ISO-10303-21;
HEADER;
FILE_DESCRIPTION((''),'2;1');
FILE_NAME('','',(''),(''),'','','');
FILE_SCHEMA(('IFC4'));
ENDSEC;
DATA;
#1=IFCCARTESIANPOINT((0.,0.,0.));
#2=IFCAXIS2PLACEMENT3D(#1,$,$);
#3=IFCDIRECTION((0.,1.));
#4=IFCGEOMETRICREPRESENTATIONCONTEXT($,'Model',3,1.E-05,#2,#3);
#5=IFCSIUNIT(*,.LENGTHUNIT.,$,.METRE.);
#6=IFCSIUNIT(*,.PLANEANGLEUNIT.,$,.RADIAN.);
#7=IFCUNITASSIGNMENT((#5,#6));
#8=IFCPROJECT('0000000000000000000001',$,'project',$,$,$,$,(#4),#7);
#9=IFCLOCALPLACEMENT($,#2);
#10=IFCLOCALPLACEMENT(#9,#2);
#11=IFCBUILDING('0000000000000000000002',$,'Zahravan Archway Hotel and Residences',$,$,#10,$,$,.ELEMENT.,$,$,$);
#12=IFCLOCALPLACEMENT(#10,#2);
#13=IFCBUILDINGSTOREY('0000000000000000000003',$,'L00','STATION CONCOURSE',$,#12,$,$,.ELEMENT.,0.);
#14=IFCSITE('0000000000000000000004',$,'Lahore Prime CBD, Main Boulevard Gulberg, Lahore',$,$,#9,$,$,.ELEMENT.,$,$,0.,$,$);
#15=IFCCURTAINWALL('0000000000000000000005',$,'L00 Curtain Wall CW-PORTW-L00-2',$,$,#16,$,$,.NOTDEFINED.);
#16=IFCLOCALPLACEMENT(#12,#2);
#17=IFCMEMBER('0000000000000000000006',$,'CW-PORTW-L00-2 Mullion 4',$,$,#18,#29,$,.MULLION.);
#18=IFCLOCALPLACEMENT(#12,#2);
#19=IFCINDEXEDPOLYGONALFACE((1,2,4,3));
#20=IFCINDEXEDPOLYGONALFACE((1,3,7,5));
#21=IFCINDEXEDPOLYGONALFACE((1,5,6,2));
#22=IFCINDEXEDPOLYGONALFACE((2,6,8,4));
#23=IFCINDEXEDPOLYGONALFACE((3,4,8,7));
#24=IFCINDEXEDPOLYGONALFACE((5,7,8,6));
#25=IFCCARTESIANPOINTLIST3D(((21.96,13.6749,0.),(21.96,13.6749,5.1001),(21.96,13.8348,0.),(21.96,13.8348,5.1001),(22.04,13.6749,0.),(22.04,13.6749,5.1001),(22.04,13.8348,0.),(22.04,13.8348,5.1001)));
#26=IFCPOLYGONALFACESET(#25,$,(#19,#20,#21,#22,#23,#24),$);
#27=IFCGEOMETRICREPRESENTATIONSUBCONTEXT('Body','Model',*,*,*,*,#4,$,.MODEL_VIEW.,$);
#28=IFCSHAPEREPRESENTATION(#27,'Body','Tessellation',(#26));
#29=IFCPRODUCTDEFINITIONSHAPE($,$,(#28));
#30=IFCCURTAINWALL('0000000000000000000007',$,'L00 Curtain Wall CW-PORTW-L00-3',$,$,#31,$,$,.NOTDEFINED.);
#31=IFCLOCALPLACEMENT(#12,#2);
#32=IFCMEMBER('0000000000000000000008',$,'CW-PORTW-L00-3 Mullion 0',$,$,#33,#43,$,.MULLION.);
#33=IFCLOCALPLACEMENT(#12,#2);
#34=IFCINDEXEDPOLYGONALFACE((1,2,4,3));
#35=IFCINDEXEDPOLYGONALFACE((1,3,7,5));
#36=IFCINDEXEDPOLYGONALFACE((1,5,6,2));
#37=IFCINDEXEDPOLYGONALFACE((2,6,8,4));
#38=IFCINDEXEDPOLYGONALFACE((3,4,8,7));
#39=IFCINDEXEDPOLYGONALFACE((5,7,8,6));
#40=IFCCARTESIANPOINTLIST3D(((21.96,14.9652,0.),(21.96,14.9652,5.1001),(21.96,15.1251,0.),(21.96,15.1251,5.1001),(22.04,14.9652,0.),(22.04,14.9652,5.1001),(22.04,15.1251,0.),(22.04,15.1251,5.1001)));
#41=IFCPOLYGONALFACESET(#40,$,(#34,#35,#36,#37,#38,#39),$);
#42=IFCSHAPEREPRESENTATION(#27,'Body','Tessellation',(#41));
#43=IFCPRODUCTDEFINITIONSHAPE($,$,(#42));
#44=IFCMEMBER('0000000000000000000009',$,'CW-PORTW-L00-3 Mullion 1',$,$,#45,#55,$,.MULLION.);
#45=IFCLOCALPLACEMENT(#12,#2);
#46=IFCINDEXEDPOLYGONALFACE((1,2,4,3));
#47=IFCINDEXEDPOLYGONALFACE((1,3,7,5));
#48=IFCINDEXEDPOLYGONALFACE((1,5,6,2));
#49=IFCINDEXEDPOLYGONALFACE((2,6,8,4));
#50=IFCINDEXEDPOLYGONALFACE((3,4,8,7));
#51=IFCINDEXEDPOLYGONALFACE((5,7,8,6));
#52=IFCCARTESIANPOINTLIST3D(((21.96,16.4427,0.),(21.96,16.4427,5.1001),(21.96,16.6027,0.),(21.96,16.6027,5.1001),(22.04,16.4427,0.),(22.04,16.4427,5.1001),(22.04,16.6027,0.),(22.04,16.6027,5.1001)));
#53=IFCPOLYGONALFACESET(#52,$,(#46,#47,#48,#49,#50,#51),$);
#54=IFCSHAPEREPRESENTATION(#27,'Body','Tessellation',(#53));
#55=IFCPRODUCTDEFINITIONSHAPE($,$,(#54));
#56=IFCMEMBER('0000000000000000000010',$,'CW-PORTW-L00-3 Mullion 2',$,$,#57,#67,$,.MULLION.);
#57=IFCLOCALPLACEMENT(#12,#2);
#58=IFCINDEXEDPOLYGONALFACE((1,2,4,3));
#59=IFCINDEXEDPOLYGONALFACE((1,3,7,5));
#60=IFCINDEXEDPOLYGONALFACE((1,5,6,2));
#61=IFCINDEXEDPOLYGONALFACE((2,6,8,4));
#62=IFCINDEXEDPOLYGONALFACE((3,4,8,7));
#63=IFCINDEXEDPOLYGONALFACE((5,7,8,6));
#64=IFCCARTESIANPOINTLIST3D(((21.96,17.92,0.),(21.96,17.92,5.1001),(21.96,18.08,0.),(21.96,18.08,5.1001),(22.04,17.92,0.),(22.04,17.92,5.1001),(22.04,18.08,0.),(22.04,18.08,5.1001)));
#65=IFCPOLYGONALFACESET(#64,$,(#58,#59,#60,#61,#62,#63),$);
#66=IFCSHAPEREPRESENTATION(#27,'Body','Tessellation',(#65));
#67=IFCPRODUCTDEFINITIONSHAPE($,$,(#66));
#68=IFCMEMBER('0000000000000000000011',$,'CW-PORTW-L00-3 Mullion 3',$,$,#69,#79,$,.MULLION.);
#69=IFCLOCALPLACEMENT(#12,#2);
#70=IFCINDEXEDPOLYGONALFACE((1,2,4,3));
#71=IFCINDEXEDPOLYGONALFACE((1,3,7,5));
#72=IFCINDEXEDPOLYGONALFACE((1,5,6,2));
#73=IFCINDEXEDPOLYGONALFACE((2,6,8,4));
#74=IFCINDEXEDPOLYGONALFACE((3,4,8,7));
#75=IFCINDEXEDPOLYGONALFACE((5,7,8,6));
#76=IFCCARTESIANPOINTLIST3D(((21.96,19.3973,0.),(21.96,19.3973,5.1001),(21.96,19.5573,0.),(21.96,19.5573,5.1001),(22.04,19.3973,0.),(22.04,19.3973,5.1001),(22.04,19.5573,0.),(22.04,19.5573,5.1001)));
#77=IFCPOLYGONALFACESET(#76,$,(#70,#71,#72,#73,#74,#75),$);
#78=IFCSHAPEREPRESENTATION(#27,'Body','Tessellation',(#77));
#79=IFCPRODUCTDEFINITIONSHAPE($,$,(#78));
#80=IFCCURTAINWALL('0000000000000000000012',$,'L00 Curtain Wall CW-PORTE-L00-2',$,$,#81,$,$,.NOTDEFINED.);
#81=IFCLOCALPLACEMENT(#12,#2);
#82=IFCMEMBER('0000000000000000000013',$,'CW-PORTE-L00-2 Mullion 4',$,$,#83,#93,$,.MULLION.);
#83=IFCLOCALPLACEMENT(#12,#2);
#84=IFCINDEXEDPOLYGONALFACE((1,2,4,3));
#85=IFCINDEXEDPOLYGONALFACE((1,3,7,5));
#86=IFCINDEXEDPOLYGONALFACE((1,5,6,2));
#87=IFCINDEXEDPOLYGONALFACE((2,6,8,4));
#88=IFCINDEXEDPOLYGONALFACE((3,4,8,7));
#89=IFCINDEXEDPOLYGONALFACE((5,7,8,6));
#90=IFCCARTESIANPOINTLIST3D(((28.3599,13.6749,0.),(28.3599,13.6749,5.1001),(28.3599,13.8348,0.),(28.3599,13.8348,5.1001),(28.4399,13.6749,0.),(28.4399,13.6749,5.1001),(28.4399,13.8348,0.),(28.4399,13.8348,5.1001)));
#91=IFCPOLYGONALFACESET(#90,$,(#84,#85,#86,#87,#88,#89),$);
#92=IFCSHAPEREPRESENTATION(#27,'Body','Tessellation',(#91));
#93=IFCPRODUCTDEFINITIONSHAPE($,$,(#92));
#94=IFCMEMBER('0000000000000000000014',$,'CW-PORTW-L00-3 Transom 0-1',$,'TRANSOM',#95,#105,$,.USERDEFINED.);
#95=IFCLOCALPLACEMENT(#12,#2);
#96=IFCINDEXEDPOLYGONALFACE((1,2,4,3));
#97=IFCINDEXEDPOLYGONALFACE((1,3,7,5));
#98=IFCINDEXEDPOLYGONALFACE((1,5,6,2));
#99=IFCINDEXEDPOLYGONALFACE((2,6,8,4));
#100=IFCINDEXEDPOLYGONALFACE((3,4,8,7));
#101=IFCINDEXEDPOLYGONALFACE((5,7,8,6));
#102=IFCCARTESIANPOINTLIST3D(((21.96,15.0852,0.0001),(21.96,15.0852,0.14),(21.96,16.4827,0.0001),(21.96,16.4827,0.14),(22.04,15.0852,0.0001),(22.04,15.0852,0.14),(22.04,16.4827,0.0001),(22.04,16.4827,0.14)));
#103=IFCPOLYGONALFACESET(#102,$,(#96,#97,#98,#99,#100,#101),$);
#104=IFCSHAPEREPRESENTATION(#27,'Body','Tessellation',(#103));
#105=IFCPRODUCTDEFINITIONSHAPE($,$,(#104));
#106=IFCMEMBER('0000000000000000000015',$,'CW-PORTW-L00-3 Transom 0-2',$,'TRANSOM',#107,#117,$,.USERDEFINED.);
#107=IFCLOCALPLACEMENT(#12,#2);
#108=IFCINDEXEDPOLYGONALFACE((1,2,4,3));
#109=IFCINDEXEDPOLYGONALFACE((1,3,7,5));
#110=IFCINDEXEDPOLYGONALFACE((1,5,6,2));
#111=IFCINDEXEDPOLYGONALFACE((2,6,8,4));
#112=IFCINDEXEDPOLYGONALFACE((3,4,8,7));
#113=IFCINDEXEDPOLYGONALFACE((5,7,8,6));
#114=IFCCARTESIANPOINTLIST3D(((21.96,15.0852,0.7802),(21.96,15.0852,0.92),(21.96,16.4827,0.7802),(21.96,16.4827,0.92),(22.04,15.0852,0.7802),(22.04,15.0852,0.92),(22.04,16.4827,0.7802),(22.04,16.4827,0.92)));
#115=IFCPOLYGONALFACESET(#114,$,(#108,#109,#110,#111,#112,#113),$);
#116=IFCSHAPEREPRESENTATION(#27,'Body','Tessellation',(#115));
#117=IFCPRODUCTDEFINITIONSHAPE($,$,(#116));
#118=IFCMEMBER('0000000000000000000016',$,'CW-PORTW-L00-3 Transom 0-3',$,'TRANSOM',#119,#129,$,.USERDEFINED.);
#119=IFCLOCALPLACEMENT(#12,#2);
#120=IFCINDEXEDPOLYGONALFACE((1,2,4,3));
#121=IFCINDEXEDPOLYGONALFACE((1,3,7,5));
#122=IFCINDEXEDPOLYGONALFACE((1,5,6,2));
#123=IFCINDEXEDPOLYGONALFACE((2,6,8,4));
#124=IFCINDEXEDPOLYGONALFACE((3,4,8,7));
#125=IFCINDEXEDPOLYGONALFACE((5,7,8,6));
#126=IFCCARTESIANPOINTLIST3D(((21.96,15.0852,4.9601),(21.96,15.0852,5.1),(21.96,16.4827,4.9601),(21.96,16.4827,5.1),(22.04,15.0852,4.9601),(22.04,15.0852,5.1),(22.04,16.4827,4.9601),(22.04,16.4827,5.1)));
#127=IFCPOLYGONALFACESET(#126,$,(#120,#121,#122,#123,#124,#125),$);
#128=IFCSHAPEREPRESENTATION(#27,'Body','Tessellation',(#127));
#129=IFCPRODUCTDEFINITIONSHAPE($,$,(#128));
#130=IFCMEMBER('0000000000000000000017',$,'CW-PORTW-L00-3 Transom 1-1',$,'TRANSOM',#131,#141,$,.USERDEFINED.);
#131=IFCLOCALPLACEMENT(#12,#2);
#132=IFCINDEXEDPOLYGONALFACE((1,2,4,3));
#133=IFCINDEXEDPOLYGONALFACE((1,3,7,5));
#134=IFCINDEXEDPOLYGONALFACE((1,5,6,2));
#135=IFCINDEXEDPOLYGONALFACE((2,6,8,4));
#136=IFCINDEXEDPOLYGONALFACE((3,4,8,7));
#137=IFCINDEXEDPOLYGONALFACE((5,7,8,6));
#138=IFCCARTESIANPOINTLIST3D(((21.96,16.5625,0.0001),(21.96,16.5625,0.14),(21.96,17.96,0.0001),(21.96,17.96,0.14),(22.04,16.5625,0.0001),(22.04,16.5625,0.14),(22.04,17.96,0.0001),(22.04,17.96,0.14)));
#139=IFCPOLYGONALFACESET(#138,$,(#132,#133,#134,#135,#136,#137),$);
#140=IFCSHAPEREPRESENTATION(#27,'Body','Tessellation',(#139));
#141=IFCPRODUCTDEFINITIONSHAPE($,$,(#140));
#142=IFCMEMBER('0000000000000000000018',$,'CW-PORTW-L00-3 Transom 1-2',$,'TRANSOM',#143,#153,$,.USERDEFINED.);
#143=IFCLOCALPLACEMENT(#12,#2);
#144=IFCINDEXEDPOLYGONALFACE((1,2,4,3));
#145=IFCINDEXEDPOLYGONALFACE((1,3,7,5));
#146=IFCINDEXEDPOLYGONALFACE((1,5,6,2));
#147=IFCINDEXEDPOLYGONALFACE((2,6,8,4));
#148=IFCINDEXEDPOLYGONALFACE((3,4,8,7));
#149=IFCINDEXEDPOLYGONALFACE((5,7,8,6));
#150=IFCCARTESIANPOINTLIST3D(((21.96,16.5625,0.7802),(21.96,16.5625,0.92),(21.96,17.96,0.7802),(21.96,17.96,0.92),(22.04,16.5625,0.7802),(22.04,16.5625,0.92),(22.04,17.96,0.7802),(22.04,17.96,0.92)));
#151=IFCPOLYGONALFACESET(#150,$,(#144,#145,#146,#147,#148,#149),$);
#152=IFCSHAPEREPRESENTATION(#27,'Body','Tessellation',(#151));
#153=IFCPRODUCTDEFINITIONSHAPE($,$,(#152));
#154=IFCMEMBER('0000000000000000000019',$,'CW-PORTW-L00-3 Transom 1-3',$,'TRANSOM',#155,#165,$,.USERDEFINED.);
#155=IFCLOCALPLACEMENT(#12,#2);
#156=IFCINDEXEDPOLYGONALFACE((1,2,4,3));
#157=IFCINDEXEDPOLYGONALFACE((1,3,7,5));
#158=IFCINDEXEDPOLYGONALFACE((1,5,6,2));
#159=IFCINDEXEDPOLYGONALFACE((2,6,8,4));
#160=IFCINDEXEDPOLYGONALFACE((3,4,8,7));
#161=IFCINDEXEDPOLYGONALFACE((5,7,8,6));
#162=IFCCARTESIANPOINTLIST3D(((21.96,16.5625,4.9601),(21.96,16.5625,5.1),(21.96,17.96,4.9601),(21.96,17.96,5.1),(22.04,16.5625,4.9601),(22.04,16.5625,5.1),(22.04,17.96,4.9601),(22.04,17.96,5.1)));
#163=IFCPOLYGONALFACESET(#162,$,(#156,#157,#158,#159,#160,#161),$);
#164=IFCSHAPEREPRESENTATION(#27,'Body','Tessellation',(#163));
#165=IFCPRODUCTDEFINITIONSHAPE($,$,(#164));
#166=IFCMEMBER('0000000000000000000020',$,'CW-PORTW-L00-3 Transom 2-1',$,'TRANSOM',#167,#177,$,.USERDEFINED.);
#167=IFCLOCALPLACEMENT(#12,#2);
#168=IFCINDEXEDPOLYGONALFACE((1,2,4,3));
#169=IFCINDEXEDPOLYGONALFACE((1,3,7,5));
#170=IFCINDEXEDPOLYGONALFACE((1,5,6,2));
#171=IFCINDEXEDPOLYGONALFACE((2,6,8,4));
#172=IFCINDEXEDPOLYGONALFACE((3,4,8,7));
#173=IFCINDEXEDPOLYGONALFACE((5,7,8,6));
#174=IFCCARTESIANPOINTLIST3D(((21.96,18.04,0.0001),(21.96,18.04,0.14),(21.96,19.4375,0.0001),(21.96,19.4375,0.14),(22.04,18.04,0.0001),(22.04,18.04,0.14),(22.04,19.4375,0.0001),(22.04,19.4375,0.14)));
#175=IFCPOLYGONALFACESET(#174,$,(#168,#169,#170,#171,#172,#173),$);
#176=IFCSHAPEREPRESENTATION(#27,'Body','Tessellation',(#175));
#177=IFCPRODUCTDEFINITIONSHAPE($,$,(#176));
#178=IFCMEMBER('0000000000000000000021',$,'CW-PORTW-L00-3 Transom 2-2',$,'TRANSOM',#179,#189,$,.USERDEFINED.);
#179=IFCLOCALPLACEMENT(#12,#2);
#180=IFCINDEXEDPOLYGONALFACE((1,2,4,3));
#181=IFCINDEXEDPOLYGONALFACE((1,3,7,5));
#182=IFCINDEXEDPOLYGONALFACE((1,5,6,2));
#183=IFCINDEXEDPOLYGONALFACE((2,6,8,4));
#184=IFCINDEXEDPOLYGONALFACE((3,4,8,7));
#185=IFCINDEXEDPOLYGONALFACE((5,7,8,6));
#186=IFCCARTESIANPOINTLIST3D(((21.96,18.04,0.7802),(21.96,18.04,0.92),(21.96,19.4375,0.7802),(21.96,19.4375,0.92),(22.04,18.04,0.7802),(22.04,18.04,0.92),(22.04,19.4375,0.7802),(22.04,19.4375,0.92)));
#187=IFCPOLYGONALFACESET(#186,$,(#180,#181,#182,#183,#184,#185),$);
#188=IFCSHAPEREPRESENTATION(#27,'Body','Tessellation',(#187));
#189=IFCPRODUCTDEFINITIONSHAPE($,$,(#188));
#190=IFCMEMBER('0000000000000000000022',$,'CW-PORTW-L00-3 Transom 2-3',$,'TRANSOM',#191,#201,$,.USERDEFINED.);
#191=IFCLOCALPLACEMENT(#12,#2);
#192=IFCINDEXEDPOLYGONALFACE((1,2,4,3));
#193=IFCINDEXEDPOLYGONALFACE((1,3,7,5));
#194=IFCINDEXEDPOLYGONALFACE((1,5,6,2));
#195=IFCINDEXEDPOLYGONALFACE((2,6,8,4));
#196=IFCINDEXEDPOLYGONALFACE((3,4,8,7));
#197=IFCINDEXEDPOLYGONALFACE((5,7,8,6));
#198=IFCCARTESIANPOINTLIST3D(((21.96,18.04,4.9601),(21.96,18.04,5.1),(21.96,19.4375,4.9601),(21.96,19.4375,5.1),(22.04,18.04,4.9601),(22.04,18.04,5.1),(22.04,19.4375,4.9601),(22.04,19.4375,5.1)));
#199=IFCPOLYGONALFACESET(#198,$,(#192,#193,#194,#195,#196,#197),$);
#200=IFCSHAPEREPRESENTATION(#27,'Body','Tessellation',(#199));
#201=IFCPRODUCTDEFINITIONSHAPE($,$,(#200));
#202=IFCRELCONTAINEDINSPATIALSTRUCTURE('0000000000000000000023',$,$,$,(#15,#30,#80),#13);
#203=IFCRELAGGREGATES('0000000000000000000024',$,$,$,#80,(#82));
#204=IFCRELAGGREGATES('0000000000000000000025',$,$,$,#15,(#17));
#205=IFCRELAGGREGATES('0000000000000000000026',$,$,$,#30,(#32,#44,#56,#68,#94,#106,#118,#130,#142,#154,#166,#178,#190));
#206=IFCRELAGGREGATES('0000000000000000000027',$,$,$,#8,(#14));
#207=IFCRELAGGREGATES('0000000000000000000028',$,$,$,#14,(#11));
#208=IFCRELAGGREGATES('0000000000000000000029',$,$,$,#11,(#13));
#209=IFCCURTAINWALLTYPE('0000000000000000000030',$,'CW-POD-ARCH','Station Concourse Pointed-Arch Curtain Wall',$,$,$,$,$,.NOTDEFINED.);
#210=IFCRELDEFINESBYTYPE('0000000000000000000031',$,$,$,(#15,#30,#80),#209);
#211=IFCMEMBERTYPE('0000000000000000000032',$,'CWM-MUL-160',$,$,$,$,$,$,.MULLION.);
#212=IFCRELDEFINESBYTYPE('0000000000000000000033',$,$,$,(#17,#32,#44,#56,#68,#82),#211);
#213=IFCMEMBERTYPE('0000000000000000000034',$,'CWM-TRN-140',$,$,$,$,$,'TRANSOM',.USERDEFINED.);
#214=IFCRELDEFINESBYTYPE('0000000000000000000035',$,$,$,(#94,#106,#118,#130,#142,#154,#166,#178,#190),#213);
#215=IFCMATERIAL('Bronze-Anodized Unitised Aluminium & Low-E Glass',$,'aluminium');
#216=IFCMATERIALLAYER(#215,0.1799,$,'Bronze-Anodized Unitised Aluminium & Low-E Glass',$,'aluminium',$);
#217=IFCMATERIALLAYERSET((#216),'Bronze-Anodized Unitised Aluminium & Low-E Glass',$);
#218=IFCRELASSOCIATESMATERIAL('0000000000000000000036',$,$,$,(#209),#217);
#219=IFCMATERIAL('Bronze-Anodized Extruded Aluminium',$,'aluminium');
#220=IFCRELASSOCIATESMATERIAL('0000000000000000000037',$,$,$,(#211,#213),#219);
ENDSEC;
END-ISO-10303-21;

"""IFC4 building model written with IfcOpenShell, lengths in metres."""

from ifc_helpers import new_model, si_unit, direction, frame, origin, origin_2d, place, context, subcontext, project, spatial, rectangle, extrude, source, transform, mapped, material, layer, layer_set, material_profile, profile_set, type_object, element, aggregate, save


model = new_model("IFC4")

# Units and contexts
model_context = context("Model", 3, precision=1e-05, world=origin(), true_north=direction((0.0, 1.0)))
body_context = subcontext(model_context, "Body", "Model", "MODEL_VIEW")
ifc_project = project(units=[si_unit("LENGTHUNIT", "METRE"), si_unit("PLANEANGLEUNIT", "RADIAN")], contexts=[model_context])

# Site, building, storey
site_placement = place(None, origin())
site = spatial("IfcSite", under=ifc_project, at=site_placement, Name="Lahore Prime CBD, Main Boulevard Gulberg, Lahore", CompositionType="ELEMENT", RefElevation=0.0)
building_placement = place(site_placement, origin())
building = spatial("IfcBuilding", under=site, at=building_placement, Name="Zahravan Archway Hotel and Residences", CompositionType="ELEMENT")
storey_placement = place(building_placement, origin())
storey = spatial("IfcBuildingStorey", under=building, at=storey_placement, Name="L00", Description="STATION CONCOURSE", CompositionType="ELEMENT", Elevation=0.0)

# Curtain wall, member
ifc_material_1 = material(Name="Bronze-Anodized Unitised Aluminium & Low-E Glass", Category="aluminium")
ifc_layer_1 = layer(ifc_material_1, 0.1799, Name="Bronze-Anodized Unitised Aluminium & Low-E Glass", Category="aluminium")
ifc_layer_set_1 = layer_set([ifc_layer_1], Name="Bronze-Anodized Unitised Aluminium & Low-E Glass")
curtain_wall_type = type_object("IfcCurtainWallType", Name="CW-POD-ARCH", Description="Station Concourse Pointed-Arch Curtain Wall", PredefinedType="NOTDEFINED", material=ifc_layer_set_1)
curtain_wall_1_placement = place(storey_placement, origin())
curtain_wall_1 = element("IfcCurtainWall", 1, at=curtain_wall_1_placement, inside=storey, type_object=curtain_wall_type, Name="L00 Curtain Wall CW-PORTW-L00-2", PredefinedType="NOTDEFINED")
ifc_material_2 = material(Name="Bronze-Anodized Extruded Aluminium", Category="aluminium")
ifc_material_profile_1 = material_profile(ifc_material_2, rectangle(XDim=0.0801, YDim=0.1599, at=origin_2d()), Name="MUL 80x160", Category="aluminium")
ifc_profile_set_1 = profile_set([ifc_material_profile_1], Name="Bronze-Anodized Extruded Aluminium")
member_type_1 = type_object("IfcMemberType", Name="CWM-MUL-160", PredefinedType="MULLION", material=ifc_profile_set_1)
shared_shape_1 = source(origin(), body_context, "Body", "SweptSolid", [
    extrude(rectangle(XDim=0.0801, YDim=0.1599, at=origin_2d()), origin(), (0.0, 0.0, 1.0), 5.1001),
])
member_1_placement = place(storey_placement, frame((22.0, 13.7549, 0.0), z_axis=(0.0, 0.0, 1.0), x_axis=(1.0, 0.0, 0.0)))
member_1 = element("IfcMember", 2, at=member_1_placement, type_object=member_type_1, Name="CW-PORTW-L00-2 Mullion 4", PredefinedType="MULLION", context=body_context, shape_type="MappedRepresentation", body=[
    mapped(shared_shape_1, transform((0.0, 0.0, 0.0), scale=1.0)),
])

# Curtain wall, members
curtain_wall_2_placement = place(storey_placement, origin())
curtain_wall_2 = element("IfcCurtainWall", 3, at=curtain_wall_2_placement, inside=storey, type_object=curtain_wall_type, Name="L00 Curtain Wall CW-PORTW-L00-3", PredefinedType="NOTDEFINED")
member_2_placement = place(storey_placement, frame((22.0, 15.0452, 0.0), z_axis=(0.0, 0.0, 1.0), x_axis=(1.0, 0.0, 0.0)))
member_2 = element("IfcMember", 4, at=member_2_placement, type_object=member_type_1, Name="CW-PORTW-L00-3 Mullion 0", PredefinedType="MULLION", context=body_context, shape_type="MappedRepresentation", body=[
    mapped(shared_shape_1, transform((0.0, 0.0, 0.0), scale=1.0)),
])
member_3_placement = place(storey_placement, frame((22.0, 16.5227, 0.0), z_axis=(0.0, 0.0, 1.0), x_axis=(1.0, 0.0, 0.0)))
member_3 = element("IfcMember", 5, at=member_3_placement, type_object=member_type_1, Name="CW-PORTW-L00-3 Mullion 1", PredefinedType="MULLION", context=body_context, shape_type="MappedRepresentation", body=[
    mapped(shared_shape_1, transform((0.0, 0.0, 0.0), scale=1.0)),
])
member_4_placement = place(storey_placement, frame((22.0, 18.0, 0.0), z_axis=(0.0, 0.0, 1.0), x_axis=(1.0, 0.0, 0.0)))
member_4 = element("IfcMember", 6, at=member_4_placement, type_object=member_type_1, Name="CW-PORTW-L00-3 Mullion 2", PredefinedType="MULLION", context=body_context, shape_type="MappedRepresentation", body=[
    mapped(shared_shape_1, transform((0.0, 0.0, 0.0), scale=1.0)),
])
member_5_placement = place(storey_placement, frame((22.0, 19.4773, 0.0), z_axis=(0.0, 0.0, 1.0), x_axis=(1.0, 0.0, 0.0)))
member_5 = element("IfcMember", 7, at=member_5_placement, type_object=member_type_1, Name="CW-PORTW-L00-3 Mullion 3", PredefinedType="MULLION", context=body_context, shape_type="MappedRepresentation", body=[
    mapped(shared_shape_1, transform((0.0, 0.0, 0.0), scale=1.0)),
])

# Curtain wall, member
curtain_wall_3_placement = place(storey_placement, origin())
curtain_wall_3 = element("IfcCurtainWall", 8, at=curtain_wall_3_placement, inside=storey, type_object=curtain_wall_type, Name="L00 Curtain Wall CW-PORTE-L00-2", PredefinedType="NOTDEFINED")
member_6_placement = place(storey_placement, frame((28.3999, 13.7549, 0.0), z_axis=(0.0, 0.0, 1.0), x_axis=(1.0, 0.0, 0.0)))
member_6 = element("IfcMember", 9, at=member_6_placement, type_object=member_type_1, Name="CW-PORTE-L00-2 Mullion 4", PredefinedType="MULLION", context=body_context, shape_type="MappedRepresentation", body=[
    mapped(shared_shape_1, transform((0.0, 0.0, 0.0), scale=1.0)),
])

# Members
ifc_material_profile_2 = material_profile(ifc_material_2, rectangle(XDim=0.0801, YDim=0.1399, at=origin_2d()), Name="TRN 80x140", Category="aluminium")
ifc_profile_set_2 = profile_set([ifc_material_profile_2], Name="Bronze-Anodized Extruded Aluminium")
member_type_2 = type_object("IfcMemberType", Name="CWM-TRN-140", ElementType="TRANSOM", PredefinedType="USERDEFINED", material=ifc_profile_set_2)
shared_shape_2 = source(origin(), body_context, "Body", "SweptSolid", [
    extrude(rectangle(XDim=0.0801, YDim=0.1399, at=origin_2d()), origin(), (0.0, 0.0, 1.0), 1.3975),
])
member_7_placement = place(storey_placement, frame((22.0, 15.0852, 0.0701), z_axis=(0.0, 1.0, 0.0), x_axis=(-1.0, 0.0, 0.0)))
member_7 = element("IfcMember", 10, at=member_7_placement, type_object=member_type_2, Name="CW-PORTW-L00-3 Transom 0-1", ObjectType="TRANSOM", PredefinedType="USERDEFINED", context=body_context, shape_type="MappedRepresentation", body=[
    mapped(shared_shape_2, transform((0.0, 0.0, 0.0), scale=1.0)),
])
member_8_placement = place(storey_placement, frame((22.0, 15.0852, 0.8501), z_axis=(0.0, 1.0, 0.0), x_axis=(-1.0, 0.0, 0.0)))
member_8 = element("IfcMember", 11, at=member_8_placement, type_object=member_type_2, Name="CW-PORTW-L00-3 Transom 0-2", ObjectType="TRANSOM", PredefinedType="USERDEFINED", context=body_context, shape_type="MappedRepresentation", body=[
    mapped(shared_shape_2, transform((0.0, 0.0, 0.0), scale=1.0)),
])
member_9_placement = place(storey_placement, frame((22.0, 15.0852, 5.03), z_axis=(0.0, 1.0, 0.0), x_axis=(-1.0, 0.0, 0.0)))
member_9 = element("IfcMember", 12, at=member_9_placement, type_object=member_type_2, Name="CW-PORTW-L00-3 Transom 0-3", ObjectType="TRANSOM", PredefinedType="USERDEFINED", context=body_context, shape_type="MappedRepresentation", body=[
    mapped(shared_shape_2, transform((0.0, 0.0, 0.0), scale=1.0)),
])
member_10_placement = place(storey_placement, frame((22.0, 16.5625, 0.0701), z_axis=(0.0, 1.0, 0.0), x_axis=(-1.0, 0.0, 0.0)))
member_10 = element("IfcMember", 13, at=member_10_placement, type_object=member_type_2, Name="CW-PORTW-L00-3 Transom 1-1", ObjectType="TRANSOM", PredefinedType="USERDEFINED", context=body_context, shape_type="MappedRepresentation", body=[
    mapped(shared_shape_2, transform((0.0, 0.0, 0.0), scale=1.0)),
])
member_11_placement = place(storey_placement, frame((22.0, 16.5625, 0.8501), z_axis=(0.0, 1.0, 0.0), x_axis=(-1.0, 0.0, 0.0)))
member_11 = element("IfcMember", 14, at=member_11_placement, type_object=member_type_2, Name="CW-PORTW-L00-3 Transom 1-2", ObjectType="TRANSOM", PredefinedType="USERDEFINED", context=body_context, shape_type="MappedRepresentation", body=[
    mapped(shared_shape_2, transform((0.0, 0.0, 0.0), scale=1.0)),
])
member_12_placement = place(storey_placement, frame((22.0, 16.5625, 5.03), z_axis=(0.0, 1.0, 0.0), x_axis=(-1.0, 0.0, 0.0)))
member_12 = element("IfcMember", 15, at=member_12_placement, type_object=member_type_2, Name="CW-PORTW-L00-3 Transom 1-3", ObjectType="TRANSOM", PredefinedType="USERDEFINED", context=body_context, shape_type="MappedRepresentation", body=[
    mapped(shared_shape_2, transform((0.0, 0.0, 0.0), scale=1.0)),
])
member_13_placement = place(storey_placement, frame((22.0, 18.04, 0.0701), z_axis=(0.0, 1.0, 0.0), x_axis=(-1.0, 0.0, 0.0)))
member_13 = element("IfcMember", 16, at=member_13_placement, type_object=member_type_2, Name="CW-PORTW-L00-3 Transom 2-1", ObjectType="TRANSOM", PredefinedType="USERDEFINED", context=body_context, shape_type="MappedRepresentation", body=[
    mapped(shared_shape_2, transform((0.0, 0.0, 0.0), scale=1.0)),
])
member_14_placement = place(storey_placement, frame((22.0, 18.04, 0.8501), z_axis=(0.0, 1.0, 0.0), x_axis=(-1.0, 0.0, 0.0)))
member_14 = element("IfcMember", 17, at=member_14_placement, type_object=member_type_2, Name="CW-PORTW-L00-3 Transom 2-2", ObjectType="TRANSOM", PredefinedType="USERDEFINED", context=body_context, shape_type="MappedRepresentation", body=[
    mapped(shared_shape_2, transform((0.0, 0.0, 0.0), scale=1.0)),
])
member_15_placement = place(storey_placement, frame((22.0, 18.04, 5.03), z_axis=(0.0, 1.0, 0.0), x_axis=(-1.0, 0.0, 0.0)))
member_15 = element("IfcMember", 18, at=member_15_placement, type_object=member_type_2, Name="CW-PORTW-L00-3 Transom 2-3", ObjectType="TRANSOM", PredefinedType="USERDEFINED", context=body_context, shape_type="MappedRepresentation", body=[
    mapped(shared_shape_2, transform((0.0, 0.0, 0.0), scale=1.0)),
])
aggregate(curtain_wall_3, [member_6])

aggregate(curtain_wall_1, [member_1])
aggregate(curtain_wall_2, [member_2, member_3, member_4, member_5, member_7, member_8, member_9, member_10, member_11, member_12, member_13, member_14, member_15])

save(model, "model.ifc")
